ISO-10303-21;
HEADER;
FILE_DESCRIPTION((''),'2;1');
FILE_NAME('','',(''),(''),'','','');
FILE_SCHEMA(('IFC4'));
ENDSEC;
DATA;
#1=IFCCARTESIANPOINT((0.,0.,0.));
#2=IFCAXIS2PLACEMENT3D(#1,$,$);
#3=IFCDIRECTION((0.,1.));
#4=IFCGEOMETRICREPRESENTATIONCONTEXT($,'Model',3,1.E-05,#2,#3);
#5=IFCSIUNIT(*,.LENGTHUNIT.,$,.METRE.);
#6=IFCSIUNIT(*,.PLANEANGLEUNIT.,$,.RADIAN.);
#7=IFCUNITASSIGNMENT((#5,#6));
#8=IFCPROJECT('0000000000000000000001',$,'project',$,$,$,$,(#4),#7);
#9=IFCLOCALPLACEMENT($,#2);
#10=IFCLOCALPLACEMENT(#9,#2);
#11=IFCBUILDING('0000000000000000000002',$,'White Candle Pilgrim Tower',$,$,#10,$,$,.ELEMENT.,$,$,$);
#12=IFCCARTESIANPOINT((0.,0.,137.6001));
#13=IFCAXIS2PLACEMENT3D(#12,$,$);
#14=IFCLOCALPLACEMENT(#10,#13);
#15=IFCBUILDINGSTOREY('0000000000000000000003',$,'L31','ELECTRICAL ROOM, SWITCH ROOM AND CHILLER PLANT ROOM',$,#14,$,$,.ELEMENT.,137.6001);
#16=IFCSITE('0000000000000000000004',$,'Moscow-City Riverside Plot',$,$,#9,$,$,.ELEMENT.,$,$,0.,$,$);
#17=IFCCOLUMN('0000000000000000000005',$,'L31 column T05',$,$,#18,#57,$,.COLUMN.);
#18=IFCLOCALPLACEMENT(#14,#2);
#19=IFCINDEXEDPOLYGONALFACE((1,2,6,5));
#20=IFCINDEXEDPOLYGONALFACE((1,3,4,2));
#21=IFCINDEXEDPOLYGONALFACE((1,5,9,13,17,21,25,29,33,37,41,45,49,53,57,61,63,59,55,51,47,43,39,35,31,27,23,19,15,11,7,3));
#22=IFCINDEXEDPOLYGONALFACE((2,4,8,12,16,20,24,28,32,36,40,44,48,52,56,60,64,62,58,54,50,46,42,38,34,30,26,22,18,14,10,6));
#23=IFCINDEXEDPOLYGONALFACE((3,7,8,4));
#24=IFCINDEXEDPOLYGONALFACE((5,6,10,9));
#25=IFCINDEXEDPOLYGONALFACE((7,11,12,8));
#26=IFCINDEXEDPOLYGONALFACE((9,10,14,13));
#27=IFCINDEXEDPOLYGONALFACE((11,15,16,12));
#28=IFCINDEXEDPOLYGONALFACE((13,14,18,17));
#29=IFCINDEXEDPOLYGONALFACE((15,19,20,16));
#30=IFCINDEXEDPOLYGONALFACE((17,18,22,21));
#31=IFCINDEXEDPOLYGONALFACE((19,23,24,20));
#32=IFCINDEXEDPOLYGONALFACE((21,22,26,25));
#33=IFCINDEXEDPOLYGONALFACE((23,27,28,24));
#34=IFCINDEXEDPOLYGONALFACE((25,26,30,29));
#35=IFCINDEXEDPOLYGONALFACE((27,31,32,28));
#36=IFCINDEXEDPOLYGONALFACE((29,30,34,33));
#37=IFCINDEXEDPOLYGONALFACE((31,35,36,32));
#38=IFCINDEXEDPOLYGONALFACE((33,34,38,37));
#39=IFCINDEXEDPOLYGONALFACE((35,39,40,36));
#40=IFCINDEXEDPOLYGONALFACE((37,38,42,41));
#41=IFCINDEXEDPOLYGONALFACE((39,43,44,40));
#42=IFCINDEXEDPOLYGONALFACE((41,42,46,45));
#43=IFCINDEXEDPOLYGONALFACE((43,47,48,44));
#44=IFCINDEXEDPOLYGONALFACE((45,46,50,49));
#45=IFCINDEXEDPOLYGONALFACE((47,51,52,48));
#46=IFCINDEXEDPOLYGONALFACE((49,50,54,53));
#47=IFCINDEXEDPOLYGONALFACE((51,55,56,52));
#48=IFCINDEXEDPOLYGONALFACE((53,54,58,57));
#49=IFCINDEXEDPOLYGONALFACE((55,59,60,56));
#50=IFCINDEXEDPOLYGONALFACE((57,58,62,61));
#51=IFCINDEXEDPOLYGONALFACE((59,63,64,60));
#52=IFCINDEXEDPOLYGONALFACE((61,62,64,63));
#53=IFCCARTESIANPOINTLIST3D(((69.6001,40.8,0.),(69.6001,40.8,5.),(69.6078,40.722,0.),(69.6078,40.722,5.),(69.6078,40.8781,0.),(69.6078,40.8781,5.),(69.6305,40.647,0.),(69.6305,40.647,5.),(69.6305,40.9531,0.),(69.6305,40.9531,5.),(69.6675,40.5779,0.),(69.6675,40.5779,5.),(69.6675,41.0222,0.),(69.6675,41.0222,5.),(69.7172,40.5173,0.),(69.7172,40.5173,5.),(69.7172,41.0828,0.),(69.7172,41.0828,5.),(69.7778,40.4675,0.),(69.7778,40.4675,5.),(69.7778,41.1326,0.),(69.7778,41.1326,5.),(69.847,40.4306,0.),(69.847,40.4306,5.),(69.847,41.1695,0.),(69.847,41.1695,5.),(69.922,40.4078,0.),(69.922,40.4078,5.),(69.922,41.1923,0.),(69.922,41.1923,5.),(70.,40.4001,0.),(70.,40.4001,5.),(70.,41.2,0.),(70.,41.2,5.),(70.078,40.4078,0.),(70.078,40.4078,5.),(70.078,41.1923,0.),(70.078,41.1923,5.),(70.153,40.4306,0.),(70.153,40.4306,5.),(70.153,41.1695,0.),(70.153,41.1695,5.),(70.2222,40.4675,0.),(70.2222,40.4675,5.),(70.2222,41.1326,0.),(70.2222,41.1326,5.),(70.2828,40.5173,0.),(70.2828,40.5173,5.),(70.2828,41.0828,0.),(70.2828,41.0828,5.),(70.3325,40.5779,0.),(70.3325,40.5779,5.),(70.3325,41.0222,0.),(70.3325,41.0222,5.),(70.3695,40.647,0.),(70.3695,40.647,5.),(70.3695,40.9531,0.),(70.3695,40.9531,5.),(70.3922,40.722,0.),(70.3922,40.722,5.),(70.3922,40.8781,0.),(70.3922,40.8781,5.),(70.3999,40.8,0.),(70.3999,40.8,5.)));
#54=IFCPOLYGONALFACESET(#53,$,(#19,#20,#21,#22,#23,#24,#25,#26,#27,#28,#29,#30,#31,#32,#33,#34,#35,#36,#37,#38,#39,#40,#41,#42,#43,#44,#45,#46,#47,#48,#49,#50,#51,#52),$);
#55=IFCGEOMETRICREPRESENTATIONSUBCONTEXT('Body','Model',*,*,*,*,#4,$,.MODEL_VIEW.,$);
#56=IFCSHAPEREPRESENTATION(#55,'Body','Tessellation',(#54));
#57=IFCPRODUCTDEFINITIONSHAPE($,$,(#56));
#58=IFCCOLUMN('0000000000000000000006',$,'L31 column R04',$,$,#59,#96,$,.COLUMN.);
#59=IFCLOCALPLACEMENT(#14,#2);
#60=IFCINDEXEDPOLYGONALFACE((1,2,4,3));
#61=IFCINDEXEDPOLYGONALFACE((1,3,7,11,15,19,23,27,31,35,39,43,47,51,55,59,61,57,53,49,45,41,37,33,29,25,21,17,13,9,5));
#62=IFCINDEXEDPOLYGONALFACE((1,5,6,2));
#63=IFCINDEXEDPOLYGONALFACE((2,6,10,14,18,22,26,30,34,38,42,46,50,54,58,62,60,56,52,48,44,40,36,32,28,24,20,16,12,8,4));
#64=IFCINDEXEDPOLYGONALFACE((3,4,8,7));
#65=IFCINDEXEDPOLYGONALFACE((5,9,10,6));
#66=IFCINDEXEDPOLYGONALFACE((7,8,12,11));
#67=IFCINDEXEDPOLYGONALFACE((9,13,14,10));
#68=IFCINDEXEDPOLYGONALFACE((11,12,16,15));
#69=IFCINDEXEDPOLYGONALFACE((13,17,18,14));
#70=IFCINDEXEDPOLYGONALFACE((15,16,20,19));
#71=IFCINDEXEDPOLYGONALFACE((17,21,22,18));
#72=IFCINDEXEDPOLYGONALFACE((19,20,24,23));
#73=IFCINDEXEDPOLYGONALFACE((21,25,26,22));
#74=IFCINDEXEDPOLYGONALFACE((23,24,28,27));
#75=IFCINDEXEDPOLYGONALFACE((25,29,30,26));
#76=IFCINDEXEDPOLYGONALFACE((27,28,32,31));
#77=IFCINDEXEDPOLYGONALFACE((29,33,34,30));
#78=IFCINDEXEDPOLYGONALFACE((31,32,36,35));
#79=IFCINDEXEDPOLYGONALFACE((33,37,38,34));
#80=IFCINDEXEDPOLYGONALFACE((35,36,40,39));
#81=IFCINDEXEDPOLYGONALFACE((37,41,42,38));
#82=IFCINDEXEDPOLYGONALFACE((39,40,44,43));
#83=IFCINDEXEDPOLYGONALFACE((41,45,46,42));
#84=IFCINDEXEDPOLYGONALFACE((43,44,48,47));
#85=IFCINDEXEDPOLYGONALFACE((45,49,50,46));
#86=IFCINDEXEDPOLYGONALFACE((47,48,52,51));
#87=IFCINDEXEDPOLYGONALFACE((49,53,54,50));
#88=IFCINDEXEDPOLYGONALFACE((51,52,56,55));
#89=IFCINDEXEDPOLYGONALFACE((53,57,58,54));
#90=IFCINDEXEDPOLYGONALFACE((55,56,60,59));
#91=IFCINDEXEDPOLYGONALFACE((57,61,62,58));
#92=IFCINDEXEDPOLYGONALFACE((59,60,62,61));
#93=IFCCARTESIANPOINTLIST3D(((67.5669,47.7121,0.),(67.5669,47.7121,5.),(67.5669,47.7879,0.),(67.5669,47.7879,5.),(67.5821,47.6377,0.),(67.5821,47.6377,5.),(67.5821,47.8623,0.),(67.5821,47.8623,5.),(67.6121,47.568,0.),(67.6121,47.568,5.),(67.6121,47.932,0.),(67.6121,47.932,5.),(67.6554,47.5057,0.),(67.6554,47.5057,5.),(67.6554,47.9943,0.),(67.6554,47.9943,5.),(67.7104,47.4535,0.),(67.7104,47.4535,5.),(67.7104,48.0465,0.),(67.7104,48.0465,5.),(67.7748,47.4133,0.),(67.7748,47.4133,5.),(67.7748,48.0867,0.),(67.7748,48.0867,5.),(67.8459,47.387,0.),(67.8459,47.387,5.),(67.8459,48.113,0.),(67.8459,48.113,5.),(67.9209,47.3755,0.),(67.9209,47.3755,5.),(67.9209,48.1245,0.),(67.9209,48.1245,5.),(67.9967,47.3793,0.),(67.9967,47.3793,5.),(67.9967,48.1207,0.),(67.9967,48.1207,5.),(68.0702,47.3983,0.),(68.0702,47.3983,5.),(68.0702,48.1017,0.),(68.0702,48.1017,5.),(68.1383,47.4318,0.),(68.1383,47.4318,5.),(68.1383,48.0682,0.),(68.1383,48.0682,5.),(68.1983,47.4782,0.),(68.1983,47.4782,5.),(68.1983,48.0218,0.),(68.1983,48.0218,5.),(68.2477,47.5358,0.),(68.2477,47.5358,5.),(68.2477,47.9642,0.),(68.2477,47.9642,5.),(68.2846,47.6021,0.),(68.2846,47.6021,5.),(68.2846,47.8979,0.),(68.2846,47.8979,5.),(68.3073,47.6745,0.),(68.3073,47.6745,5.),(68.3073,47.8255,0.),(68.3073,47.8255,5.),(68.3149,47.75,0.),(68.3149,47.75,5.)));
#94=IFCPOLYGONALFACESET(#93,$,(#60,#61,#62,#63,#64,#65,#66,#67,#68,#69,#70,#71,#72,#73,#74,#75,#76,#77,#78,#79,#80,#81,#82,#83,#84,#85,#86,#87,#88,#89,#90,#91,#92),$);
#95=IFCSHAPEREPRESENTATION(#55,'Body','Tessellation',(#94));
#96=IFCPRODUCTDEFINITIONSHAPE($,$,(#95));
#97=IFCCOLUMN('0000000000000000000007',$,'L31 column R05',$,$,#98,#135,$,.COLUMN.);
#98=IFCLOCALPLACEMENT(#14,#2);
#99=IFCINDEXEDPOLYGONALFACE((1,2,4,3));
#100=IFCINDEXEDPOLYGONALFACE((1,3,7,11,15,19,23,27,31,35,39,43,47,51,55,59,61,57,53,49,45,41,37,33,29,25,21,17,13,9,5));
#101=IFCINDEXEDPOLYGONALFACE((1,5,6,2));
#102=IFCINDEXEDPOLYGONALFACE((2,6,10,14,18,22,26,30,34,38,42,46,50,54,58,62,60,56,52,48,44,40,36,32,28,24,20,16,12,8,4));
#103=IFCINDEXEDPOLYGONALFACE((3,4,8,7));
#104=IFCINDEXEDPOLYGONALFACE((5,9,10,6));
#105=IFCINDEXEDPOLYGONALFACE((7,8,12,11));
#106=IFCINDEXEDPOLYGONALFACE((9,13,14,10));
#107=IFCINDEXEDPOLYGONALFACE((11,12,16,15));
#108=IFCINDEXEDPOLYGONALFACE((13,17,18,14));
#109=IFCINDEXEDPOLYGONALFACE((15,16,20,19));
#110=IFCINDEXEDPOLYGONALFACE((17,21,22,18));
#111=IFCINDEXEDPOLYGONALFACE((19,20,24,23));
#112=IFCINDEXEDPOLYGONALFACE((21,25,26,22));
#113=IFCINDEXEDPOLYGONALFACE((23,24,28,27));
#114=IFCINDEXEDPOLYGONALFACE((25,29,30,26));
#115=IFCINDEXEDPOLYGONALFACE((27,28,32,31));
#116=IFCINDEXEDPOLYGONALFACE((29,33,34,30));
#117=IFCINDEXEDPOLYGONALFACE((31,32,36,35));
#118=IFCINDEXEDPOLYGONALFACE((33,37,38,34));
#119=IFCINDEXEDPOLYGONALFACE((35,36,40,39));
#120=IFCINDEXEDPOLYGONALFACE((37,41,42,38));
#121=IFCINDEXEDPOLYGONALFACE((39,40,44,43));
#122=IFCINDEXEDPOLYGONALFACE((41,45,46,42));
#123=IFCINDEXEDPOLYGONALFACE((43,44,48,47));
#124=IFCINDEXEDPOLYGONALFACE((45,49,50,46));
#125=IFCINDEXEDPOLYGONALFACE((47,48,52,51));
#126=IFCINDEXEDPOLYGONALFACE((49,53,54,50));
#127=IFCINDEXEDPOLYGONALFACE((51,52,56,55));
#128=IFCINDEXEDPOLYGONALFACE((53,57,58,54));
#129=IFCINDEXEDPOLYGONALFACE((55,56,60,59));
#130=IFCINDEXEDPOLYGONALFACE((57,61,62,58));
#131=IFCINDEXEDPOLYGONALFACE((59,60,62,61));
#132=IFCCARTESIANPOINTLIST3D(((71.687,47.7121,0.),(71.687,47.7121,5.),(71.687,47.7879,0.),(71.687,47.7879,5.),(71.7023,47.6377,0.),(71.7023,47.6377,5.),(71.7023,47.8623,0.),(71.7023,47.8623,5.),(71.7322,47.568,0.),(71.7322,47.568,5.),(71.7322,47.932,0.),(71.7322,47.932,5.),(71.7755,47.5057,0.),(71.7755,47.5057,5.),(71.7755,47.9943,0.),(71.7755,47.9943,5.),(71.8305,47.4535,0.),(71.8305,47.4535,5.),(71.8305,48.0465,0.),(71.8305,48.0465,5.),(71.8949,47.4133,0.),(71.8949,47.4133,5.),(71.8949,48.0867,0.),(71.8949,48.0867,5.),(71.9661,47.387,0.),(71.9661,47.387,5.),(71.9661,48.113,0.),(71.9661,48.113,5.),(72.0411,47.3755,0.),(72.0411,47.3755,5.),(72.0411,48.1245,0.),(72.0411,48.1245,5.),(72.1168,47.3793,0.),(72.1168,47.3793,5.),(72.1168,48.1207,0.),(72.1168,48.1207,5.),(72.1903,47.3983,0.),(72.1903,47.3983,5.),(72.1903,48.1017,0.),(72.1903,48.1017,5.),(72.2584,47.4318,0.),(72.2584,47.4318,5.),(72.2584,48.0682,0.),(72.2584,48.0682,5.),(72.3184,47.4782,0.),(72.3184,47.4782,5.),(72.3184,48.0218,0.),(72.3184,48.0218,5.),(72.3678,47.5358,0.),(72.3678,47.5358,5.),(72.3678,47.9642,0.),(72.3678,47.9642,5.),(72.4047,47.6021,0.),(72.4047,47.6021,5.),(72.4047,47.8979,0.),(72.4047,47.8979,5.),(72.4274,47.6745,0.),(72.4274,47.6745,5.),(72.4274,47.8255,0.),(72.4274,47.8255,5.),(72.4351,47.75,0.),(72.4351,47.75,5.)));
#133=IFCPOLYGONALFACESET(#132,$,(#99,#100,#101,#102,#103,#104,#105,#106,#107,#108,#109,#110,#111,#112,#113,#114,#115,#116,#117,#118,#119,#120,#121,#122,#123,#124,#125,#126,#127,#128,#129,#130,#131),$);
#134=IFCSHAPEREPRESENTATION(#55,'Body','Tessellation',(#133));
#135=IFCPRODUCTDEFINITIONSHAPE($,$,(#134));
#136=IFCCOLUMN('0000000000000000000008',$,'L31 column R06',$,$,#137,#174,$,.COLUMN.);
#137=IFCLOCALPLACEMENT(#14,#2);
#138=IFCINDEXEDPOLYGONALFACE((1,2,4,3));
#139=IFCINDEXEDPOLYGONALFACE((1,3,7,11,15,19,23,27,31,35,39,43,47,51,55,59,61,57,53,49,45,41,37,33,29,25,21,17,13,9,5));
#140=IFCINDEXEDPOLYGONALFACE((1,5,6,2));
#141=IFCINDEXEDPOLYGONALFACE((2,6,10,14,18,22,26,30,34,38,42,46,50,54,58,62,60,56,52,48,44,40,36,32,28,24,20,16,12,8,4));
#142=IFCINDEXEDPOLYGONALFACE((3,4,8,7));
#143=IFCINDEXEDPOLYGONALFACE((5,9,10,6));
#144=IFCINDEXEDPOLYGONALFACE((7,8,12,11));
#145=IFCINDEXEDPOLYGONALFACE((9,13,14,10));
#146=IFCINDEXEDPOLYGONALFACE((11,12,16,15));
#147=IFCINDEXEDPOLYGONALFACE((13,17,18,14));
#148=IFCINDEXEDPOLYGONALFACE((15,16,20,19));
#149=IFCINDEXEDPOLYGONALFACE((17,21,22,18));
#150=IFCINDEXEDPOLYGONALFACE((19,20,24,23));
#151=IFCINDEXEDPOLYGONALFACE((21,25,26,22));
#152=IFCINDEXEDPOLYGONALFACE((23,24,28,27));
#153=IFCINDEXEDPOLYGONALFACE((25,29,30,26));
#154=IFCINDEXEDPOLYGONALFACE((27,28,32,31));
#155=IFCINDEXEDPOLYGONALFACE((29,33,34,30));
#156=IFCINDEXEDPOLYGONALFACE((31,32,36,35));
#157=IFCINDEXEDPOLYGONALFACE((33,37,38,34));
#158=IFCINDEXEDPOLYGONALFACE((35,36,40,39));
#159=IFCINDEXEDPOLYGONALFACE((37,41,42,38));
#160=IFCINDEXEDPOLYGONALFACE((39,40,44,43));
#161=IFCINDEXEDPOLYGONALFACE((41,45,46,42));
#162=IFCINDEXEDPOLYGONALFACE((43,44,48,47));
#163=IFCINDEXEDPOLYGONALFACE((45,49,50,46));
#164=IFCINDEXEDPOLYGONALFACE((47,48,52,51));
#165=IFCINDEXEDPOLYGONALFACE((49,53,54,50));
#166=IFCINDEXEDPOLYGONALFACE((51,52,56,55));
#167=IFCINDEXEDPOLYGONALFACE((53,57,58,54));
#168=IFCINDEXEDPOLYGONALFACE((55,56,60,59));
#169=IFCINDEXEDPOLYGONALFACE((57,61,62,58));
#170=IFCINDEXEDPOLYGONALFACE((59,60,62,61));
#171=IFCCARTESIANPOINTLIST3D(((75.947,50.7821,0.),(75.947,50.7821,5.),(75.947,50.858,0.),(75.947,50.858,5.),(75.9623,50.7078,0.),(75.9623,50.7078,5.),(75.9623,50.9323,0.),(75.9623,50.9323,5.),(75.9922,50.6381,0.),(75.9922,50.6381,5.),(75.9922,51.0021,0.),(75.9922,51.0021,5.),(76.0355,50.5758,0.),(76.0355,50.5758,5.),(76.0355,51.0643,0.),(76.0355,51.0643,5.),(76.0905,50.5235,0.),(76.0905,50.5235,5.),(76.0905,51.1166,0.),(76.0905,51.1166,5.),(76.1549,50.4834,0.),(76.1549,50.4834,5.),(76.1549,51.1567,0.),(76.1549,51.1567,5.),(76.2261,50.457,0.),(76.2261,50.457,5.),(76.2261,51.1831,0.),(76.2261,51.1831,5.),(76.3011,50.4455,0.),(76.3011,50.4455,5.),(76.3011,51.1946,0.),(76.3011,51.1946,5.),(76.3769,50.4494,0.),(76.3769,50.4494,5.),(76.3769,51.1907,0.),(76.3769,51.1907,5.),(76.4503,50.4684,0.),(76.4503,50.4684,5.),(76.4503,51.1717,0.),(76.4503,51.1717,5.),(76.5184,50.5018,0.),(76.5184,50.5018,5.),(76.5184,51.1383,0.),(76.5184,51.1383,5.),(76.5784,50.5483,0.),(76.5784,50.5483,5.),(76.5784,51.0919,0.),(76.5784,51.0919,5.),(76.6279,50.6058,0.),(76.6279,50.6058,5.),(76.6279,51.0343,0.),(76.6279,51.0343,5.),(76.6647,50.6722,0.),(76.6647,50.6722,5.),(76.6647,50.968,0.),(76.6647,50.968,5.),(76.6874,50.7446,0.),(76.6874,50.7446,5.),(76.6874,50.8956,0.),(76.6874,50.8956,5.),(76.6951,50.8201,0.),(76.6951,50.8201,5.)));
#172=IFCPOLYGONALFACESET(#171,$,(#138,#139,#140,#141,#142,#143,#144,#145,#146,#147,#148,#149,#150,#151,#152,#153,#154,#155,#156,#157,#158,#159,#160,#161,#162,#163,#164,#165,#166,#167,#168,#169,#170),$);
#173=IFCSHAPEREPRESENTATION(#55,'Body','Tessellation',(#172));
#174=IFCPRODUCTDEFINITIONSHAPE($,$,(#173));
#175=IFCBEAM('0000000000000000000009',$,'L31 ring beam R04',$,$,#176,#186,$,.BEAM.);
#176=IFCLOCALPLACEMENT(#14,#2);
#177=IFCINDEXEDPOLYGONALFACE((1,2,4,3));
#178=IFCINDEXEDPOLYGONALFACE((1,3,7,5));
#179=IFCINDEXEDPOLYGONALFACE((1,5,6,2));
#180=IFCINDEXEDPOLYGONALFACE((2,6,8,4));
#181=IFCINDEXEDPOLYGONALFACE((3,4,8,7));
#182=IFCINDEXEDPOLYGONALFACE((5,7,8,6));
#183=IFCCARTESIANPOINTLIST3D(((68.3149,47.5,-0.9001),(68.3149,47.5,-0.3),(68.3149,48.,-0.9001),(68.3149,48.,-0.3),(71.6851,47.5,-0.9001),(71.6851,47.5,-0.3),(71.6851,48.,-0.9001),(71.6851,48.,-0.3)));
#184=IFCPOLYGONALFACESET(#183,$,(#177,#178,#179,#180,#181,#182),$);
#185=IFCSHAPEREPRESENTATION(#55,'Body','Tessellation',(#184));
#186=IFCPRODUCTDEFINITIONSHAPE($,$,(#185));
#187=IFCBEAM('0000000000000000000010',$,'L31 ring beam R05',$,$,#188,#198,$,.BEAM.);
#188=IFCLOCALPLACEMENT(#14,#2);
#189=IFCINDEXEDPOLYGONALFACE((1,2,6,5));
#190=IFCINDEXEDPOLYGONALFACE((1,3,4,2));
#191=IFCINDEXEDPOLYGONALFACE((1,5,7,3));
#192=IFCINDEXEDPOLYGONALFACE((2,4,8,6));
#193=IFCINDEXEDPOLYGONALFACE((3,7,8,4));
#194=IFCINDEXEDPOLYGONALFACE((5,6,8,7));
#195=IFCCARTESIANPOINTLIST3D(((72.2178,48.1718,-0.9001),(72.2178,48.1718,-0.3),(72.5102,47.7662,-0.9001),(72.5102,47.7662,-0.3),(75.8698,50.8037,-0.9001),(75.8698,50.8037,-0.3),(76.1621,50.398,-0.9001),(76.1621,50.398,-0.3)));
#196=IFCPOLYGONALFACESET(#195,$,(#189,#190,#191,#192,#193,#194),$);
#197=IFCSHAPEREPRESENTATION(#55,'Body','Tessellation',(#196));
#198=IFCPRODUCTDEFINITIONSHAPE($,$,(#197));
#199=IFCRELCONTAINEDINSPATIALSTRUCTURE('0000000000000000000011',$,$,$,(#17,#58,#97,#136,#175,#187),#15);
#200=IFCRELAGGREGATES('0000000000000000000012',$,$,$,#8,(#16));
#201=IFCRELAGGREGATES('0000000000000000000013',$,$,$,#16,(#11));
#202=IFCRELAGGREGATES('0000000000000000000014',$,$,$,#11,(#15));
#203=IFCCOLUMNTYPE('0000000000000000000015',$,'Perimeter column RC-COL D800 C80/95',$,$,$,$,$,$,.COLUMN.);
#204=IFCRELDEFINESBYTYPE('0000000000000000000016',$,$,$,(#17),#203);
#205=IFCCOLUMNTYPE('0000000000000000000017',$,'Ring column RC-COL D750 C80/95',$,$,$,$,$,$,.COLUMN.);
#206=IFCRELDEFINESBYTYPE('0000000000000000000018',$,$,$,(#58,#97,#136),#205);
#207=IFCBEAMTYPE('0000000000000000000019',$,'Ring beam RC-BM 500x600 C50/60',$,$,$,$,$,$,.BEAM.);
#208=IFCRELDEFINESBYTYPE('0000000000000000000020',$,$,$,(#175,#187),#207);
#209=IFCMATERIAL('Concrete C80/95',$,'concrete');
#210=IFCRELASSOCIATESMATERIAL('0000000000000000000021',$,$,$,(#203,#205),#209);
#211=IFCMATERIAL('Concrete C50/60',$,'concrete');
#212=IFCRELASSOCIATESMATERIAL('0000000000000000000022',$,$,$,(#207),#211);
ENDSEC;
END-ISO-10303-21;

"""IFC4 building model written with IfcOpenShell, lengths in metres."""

from ifc_helpers import new_model, si_unit, direction, frame, origin, origin_2d, place, context, subcontext, project, spatial, rectangle, circle, extrude, material, material_profile, profile_set, type_object, element, save


model = new_model("IFC4")

# Units and contexts
model_context = context("Model", 3, precision=1e-05, world=origin(), true_north=direction((0.0, 1.0)))
body_context = subcontext(model_context, "Body", "Model", "MODEL_VIEW")
ifc_project = project(units=[si_unit("LENGTHUNIT", "METRE"), si_unit("PLANEANGLEUNIT", "RADIAN")], contexts=[model_context])

# Site, building, storey
site_placement = place(None, origin())
site = spatial("IfcSite", under=ifc_project, at=site_placement, Name="Moscow-City Riverside Plot", CompositionType="ELEMENT", RefElevation=0.0)
building_placement = place(site_placement, origin())
building = spatial("IfcBuilding", under=site, at=building_placement, Name="White Candle Pilgrim Tower", CompositionType="ELEMENT")
storey_placement = place(building_placement, frame((0.0, 0.0, 137.6001)))
storey = spatial("IfcBuildingStorey", under=building, at=storey_placement, Name="L31", Description="ELECTRICAL ROOM, SWITCH ROOM AND CHILLER PLANT ROOM", CompositionType="ELEMENT", Elevation=137.6001)

# Columns
ifc_material_1 = material(Name="Concrete C80/95", Category="concrete")
ifc_material_profile_1 = material_profile(ifc_material_1, circle(Radius=0.3999, at=origin_2d()), Name="RC-COL D800")
ifc_profile_set_1 = profile_set([ifc_material_profile_1], Name="Concrete C80/95")
column_type_1 = type_object("IfcColumnType", Name="Perimeter column RC-COL D800 C80/95", PredefinedType="COLUMN", material=ifc_profile_set_1)
column_placement = place(storey_placement, frame((70.0, 40.8, 0.0), z_axis=(0.0, 0.0, 1.0), x_axis=(1.0, 0.0, 0.0)))
element("IfcColumn", 1, at=column_placement, inside=storey, type_object=column_type_1, Name="L31 column T05", PredefinedType="COLUMN", context=body_context, shape_type="SweptSolid", body=[
    extrude(circle(Radius=0.3999, at=origin_2d()), origin(), (0.0, 0.0, 1.0), 5.0),
])
ifc_material_profile_2 = material_profile(ifc_material_1, circle(Radius=0.375, at=origin_2d()), Name="RC-COL D750")
ifc_profile_set_2 = profile_set([ifc_material_profile_2], Name="Concrete C80/95")
column_type_2 = type_object("IfcColumnType", Name="Ring column RC-COL D750 C80/95", PredefinedType="COLUMN", material=ifc_profile_set_2)
for number, where, z_axis, x_axis, name in (
    (2, (67.9399, 47.75, 0.0), (0.0, 0.0, 1.0), (1.0, 0.0, 0.0), "L31 column R04"),
    (3, (72.0601, 47.75, 0.0), (0.0, 0.0, 1.0), (1.0, 0.0, 0.0), "L31 column R05"),
    (4, (76.3201, 50.8201, 0.0), (0.0, 0.0, 1.0), (1.0, 0.0, 0.0), "L31 column R06"),
):
    element("IfcColumn", number, at=place(storey_placement, frame(where, z_axis=z_axis, x_axis=x_axis)), inside=storey, type_object=column_type_2, Name=name, PredefinedType="COLUMN", context=body_context, shape_type="SweptSolid", body=[
        extrude(circle(Radius=0.375, at=origin_2d()), origin(), (0.0, 0.0, 1.0), 5.0),
    ])

# Beams
ifc_material_2 = material(Name="Concrete C50/60", Category="concrete")
ifc_material_profile_3 = material_profile(ifc_material_2, rectangle(XDim=0.5, YDim=0.6001, at=origin_2d()), Name="RC-BM 500x600")
ifc_profile_set_3 = profile_set([ifc_material_profile_3], Name="Concrete C50/60")
beam_type = type_object("IfcBeamType", Name="Ring beam RC-BM 500x600 C50/60", PredefinedType="BEAM", material=ifc_profile_set_3)
beam_1_placement = place(storey_placement, frame((68.3149, 47.75, -0.6001), z_axis=(1.0, 0.0, 0.0), x_axis=(0.0, 1.0, 0.0)))
element("IfcBeam", 5, at=beam_1_placement, inside=storey, type_object=beam_type, Name="L31 ring beam R04", PredefinedType="BEAM", context=body_context, shape_type="SweptSolid", body=[
    extrude(rectangle(XDim=0.5, YDim=0.6001, at=origin_2d()), origin(), (0.0, 0.0, 1.0), 3.3701),
])
beam_2_placement = place(storey_placement, frame((72.364, 47.969, -0.6001), z_axis=(0.811271, 0.58467, 0.0), x_axis=(-0.58467, 0.811271, 0.0)))
element("IfcBeam", 6, at=beam_2_placement, inside=storey, type_object=beam_type, Name="L31 ring beam R05", PredefinedType="BEAM", context=body_context, shape_type="SweptSolid", body=[
    extrude(rectangle(XDim=0.5, YDim=0.6001, at=origin_2d()), origin(), (0.0, 0.0, 1.0), 4.5015),
])

save(model, "model.ifc")
